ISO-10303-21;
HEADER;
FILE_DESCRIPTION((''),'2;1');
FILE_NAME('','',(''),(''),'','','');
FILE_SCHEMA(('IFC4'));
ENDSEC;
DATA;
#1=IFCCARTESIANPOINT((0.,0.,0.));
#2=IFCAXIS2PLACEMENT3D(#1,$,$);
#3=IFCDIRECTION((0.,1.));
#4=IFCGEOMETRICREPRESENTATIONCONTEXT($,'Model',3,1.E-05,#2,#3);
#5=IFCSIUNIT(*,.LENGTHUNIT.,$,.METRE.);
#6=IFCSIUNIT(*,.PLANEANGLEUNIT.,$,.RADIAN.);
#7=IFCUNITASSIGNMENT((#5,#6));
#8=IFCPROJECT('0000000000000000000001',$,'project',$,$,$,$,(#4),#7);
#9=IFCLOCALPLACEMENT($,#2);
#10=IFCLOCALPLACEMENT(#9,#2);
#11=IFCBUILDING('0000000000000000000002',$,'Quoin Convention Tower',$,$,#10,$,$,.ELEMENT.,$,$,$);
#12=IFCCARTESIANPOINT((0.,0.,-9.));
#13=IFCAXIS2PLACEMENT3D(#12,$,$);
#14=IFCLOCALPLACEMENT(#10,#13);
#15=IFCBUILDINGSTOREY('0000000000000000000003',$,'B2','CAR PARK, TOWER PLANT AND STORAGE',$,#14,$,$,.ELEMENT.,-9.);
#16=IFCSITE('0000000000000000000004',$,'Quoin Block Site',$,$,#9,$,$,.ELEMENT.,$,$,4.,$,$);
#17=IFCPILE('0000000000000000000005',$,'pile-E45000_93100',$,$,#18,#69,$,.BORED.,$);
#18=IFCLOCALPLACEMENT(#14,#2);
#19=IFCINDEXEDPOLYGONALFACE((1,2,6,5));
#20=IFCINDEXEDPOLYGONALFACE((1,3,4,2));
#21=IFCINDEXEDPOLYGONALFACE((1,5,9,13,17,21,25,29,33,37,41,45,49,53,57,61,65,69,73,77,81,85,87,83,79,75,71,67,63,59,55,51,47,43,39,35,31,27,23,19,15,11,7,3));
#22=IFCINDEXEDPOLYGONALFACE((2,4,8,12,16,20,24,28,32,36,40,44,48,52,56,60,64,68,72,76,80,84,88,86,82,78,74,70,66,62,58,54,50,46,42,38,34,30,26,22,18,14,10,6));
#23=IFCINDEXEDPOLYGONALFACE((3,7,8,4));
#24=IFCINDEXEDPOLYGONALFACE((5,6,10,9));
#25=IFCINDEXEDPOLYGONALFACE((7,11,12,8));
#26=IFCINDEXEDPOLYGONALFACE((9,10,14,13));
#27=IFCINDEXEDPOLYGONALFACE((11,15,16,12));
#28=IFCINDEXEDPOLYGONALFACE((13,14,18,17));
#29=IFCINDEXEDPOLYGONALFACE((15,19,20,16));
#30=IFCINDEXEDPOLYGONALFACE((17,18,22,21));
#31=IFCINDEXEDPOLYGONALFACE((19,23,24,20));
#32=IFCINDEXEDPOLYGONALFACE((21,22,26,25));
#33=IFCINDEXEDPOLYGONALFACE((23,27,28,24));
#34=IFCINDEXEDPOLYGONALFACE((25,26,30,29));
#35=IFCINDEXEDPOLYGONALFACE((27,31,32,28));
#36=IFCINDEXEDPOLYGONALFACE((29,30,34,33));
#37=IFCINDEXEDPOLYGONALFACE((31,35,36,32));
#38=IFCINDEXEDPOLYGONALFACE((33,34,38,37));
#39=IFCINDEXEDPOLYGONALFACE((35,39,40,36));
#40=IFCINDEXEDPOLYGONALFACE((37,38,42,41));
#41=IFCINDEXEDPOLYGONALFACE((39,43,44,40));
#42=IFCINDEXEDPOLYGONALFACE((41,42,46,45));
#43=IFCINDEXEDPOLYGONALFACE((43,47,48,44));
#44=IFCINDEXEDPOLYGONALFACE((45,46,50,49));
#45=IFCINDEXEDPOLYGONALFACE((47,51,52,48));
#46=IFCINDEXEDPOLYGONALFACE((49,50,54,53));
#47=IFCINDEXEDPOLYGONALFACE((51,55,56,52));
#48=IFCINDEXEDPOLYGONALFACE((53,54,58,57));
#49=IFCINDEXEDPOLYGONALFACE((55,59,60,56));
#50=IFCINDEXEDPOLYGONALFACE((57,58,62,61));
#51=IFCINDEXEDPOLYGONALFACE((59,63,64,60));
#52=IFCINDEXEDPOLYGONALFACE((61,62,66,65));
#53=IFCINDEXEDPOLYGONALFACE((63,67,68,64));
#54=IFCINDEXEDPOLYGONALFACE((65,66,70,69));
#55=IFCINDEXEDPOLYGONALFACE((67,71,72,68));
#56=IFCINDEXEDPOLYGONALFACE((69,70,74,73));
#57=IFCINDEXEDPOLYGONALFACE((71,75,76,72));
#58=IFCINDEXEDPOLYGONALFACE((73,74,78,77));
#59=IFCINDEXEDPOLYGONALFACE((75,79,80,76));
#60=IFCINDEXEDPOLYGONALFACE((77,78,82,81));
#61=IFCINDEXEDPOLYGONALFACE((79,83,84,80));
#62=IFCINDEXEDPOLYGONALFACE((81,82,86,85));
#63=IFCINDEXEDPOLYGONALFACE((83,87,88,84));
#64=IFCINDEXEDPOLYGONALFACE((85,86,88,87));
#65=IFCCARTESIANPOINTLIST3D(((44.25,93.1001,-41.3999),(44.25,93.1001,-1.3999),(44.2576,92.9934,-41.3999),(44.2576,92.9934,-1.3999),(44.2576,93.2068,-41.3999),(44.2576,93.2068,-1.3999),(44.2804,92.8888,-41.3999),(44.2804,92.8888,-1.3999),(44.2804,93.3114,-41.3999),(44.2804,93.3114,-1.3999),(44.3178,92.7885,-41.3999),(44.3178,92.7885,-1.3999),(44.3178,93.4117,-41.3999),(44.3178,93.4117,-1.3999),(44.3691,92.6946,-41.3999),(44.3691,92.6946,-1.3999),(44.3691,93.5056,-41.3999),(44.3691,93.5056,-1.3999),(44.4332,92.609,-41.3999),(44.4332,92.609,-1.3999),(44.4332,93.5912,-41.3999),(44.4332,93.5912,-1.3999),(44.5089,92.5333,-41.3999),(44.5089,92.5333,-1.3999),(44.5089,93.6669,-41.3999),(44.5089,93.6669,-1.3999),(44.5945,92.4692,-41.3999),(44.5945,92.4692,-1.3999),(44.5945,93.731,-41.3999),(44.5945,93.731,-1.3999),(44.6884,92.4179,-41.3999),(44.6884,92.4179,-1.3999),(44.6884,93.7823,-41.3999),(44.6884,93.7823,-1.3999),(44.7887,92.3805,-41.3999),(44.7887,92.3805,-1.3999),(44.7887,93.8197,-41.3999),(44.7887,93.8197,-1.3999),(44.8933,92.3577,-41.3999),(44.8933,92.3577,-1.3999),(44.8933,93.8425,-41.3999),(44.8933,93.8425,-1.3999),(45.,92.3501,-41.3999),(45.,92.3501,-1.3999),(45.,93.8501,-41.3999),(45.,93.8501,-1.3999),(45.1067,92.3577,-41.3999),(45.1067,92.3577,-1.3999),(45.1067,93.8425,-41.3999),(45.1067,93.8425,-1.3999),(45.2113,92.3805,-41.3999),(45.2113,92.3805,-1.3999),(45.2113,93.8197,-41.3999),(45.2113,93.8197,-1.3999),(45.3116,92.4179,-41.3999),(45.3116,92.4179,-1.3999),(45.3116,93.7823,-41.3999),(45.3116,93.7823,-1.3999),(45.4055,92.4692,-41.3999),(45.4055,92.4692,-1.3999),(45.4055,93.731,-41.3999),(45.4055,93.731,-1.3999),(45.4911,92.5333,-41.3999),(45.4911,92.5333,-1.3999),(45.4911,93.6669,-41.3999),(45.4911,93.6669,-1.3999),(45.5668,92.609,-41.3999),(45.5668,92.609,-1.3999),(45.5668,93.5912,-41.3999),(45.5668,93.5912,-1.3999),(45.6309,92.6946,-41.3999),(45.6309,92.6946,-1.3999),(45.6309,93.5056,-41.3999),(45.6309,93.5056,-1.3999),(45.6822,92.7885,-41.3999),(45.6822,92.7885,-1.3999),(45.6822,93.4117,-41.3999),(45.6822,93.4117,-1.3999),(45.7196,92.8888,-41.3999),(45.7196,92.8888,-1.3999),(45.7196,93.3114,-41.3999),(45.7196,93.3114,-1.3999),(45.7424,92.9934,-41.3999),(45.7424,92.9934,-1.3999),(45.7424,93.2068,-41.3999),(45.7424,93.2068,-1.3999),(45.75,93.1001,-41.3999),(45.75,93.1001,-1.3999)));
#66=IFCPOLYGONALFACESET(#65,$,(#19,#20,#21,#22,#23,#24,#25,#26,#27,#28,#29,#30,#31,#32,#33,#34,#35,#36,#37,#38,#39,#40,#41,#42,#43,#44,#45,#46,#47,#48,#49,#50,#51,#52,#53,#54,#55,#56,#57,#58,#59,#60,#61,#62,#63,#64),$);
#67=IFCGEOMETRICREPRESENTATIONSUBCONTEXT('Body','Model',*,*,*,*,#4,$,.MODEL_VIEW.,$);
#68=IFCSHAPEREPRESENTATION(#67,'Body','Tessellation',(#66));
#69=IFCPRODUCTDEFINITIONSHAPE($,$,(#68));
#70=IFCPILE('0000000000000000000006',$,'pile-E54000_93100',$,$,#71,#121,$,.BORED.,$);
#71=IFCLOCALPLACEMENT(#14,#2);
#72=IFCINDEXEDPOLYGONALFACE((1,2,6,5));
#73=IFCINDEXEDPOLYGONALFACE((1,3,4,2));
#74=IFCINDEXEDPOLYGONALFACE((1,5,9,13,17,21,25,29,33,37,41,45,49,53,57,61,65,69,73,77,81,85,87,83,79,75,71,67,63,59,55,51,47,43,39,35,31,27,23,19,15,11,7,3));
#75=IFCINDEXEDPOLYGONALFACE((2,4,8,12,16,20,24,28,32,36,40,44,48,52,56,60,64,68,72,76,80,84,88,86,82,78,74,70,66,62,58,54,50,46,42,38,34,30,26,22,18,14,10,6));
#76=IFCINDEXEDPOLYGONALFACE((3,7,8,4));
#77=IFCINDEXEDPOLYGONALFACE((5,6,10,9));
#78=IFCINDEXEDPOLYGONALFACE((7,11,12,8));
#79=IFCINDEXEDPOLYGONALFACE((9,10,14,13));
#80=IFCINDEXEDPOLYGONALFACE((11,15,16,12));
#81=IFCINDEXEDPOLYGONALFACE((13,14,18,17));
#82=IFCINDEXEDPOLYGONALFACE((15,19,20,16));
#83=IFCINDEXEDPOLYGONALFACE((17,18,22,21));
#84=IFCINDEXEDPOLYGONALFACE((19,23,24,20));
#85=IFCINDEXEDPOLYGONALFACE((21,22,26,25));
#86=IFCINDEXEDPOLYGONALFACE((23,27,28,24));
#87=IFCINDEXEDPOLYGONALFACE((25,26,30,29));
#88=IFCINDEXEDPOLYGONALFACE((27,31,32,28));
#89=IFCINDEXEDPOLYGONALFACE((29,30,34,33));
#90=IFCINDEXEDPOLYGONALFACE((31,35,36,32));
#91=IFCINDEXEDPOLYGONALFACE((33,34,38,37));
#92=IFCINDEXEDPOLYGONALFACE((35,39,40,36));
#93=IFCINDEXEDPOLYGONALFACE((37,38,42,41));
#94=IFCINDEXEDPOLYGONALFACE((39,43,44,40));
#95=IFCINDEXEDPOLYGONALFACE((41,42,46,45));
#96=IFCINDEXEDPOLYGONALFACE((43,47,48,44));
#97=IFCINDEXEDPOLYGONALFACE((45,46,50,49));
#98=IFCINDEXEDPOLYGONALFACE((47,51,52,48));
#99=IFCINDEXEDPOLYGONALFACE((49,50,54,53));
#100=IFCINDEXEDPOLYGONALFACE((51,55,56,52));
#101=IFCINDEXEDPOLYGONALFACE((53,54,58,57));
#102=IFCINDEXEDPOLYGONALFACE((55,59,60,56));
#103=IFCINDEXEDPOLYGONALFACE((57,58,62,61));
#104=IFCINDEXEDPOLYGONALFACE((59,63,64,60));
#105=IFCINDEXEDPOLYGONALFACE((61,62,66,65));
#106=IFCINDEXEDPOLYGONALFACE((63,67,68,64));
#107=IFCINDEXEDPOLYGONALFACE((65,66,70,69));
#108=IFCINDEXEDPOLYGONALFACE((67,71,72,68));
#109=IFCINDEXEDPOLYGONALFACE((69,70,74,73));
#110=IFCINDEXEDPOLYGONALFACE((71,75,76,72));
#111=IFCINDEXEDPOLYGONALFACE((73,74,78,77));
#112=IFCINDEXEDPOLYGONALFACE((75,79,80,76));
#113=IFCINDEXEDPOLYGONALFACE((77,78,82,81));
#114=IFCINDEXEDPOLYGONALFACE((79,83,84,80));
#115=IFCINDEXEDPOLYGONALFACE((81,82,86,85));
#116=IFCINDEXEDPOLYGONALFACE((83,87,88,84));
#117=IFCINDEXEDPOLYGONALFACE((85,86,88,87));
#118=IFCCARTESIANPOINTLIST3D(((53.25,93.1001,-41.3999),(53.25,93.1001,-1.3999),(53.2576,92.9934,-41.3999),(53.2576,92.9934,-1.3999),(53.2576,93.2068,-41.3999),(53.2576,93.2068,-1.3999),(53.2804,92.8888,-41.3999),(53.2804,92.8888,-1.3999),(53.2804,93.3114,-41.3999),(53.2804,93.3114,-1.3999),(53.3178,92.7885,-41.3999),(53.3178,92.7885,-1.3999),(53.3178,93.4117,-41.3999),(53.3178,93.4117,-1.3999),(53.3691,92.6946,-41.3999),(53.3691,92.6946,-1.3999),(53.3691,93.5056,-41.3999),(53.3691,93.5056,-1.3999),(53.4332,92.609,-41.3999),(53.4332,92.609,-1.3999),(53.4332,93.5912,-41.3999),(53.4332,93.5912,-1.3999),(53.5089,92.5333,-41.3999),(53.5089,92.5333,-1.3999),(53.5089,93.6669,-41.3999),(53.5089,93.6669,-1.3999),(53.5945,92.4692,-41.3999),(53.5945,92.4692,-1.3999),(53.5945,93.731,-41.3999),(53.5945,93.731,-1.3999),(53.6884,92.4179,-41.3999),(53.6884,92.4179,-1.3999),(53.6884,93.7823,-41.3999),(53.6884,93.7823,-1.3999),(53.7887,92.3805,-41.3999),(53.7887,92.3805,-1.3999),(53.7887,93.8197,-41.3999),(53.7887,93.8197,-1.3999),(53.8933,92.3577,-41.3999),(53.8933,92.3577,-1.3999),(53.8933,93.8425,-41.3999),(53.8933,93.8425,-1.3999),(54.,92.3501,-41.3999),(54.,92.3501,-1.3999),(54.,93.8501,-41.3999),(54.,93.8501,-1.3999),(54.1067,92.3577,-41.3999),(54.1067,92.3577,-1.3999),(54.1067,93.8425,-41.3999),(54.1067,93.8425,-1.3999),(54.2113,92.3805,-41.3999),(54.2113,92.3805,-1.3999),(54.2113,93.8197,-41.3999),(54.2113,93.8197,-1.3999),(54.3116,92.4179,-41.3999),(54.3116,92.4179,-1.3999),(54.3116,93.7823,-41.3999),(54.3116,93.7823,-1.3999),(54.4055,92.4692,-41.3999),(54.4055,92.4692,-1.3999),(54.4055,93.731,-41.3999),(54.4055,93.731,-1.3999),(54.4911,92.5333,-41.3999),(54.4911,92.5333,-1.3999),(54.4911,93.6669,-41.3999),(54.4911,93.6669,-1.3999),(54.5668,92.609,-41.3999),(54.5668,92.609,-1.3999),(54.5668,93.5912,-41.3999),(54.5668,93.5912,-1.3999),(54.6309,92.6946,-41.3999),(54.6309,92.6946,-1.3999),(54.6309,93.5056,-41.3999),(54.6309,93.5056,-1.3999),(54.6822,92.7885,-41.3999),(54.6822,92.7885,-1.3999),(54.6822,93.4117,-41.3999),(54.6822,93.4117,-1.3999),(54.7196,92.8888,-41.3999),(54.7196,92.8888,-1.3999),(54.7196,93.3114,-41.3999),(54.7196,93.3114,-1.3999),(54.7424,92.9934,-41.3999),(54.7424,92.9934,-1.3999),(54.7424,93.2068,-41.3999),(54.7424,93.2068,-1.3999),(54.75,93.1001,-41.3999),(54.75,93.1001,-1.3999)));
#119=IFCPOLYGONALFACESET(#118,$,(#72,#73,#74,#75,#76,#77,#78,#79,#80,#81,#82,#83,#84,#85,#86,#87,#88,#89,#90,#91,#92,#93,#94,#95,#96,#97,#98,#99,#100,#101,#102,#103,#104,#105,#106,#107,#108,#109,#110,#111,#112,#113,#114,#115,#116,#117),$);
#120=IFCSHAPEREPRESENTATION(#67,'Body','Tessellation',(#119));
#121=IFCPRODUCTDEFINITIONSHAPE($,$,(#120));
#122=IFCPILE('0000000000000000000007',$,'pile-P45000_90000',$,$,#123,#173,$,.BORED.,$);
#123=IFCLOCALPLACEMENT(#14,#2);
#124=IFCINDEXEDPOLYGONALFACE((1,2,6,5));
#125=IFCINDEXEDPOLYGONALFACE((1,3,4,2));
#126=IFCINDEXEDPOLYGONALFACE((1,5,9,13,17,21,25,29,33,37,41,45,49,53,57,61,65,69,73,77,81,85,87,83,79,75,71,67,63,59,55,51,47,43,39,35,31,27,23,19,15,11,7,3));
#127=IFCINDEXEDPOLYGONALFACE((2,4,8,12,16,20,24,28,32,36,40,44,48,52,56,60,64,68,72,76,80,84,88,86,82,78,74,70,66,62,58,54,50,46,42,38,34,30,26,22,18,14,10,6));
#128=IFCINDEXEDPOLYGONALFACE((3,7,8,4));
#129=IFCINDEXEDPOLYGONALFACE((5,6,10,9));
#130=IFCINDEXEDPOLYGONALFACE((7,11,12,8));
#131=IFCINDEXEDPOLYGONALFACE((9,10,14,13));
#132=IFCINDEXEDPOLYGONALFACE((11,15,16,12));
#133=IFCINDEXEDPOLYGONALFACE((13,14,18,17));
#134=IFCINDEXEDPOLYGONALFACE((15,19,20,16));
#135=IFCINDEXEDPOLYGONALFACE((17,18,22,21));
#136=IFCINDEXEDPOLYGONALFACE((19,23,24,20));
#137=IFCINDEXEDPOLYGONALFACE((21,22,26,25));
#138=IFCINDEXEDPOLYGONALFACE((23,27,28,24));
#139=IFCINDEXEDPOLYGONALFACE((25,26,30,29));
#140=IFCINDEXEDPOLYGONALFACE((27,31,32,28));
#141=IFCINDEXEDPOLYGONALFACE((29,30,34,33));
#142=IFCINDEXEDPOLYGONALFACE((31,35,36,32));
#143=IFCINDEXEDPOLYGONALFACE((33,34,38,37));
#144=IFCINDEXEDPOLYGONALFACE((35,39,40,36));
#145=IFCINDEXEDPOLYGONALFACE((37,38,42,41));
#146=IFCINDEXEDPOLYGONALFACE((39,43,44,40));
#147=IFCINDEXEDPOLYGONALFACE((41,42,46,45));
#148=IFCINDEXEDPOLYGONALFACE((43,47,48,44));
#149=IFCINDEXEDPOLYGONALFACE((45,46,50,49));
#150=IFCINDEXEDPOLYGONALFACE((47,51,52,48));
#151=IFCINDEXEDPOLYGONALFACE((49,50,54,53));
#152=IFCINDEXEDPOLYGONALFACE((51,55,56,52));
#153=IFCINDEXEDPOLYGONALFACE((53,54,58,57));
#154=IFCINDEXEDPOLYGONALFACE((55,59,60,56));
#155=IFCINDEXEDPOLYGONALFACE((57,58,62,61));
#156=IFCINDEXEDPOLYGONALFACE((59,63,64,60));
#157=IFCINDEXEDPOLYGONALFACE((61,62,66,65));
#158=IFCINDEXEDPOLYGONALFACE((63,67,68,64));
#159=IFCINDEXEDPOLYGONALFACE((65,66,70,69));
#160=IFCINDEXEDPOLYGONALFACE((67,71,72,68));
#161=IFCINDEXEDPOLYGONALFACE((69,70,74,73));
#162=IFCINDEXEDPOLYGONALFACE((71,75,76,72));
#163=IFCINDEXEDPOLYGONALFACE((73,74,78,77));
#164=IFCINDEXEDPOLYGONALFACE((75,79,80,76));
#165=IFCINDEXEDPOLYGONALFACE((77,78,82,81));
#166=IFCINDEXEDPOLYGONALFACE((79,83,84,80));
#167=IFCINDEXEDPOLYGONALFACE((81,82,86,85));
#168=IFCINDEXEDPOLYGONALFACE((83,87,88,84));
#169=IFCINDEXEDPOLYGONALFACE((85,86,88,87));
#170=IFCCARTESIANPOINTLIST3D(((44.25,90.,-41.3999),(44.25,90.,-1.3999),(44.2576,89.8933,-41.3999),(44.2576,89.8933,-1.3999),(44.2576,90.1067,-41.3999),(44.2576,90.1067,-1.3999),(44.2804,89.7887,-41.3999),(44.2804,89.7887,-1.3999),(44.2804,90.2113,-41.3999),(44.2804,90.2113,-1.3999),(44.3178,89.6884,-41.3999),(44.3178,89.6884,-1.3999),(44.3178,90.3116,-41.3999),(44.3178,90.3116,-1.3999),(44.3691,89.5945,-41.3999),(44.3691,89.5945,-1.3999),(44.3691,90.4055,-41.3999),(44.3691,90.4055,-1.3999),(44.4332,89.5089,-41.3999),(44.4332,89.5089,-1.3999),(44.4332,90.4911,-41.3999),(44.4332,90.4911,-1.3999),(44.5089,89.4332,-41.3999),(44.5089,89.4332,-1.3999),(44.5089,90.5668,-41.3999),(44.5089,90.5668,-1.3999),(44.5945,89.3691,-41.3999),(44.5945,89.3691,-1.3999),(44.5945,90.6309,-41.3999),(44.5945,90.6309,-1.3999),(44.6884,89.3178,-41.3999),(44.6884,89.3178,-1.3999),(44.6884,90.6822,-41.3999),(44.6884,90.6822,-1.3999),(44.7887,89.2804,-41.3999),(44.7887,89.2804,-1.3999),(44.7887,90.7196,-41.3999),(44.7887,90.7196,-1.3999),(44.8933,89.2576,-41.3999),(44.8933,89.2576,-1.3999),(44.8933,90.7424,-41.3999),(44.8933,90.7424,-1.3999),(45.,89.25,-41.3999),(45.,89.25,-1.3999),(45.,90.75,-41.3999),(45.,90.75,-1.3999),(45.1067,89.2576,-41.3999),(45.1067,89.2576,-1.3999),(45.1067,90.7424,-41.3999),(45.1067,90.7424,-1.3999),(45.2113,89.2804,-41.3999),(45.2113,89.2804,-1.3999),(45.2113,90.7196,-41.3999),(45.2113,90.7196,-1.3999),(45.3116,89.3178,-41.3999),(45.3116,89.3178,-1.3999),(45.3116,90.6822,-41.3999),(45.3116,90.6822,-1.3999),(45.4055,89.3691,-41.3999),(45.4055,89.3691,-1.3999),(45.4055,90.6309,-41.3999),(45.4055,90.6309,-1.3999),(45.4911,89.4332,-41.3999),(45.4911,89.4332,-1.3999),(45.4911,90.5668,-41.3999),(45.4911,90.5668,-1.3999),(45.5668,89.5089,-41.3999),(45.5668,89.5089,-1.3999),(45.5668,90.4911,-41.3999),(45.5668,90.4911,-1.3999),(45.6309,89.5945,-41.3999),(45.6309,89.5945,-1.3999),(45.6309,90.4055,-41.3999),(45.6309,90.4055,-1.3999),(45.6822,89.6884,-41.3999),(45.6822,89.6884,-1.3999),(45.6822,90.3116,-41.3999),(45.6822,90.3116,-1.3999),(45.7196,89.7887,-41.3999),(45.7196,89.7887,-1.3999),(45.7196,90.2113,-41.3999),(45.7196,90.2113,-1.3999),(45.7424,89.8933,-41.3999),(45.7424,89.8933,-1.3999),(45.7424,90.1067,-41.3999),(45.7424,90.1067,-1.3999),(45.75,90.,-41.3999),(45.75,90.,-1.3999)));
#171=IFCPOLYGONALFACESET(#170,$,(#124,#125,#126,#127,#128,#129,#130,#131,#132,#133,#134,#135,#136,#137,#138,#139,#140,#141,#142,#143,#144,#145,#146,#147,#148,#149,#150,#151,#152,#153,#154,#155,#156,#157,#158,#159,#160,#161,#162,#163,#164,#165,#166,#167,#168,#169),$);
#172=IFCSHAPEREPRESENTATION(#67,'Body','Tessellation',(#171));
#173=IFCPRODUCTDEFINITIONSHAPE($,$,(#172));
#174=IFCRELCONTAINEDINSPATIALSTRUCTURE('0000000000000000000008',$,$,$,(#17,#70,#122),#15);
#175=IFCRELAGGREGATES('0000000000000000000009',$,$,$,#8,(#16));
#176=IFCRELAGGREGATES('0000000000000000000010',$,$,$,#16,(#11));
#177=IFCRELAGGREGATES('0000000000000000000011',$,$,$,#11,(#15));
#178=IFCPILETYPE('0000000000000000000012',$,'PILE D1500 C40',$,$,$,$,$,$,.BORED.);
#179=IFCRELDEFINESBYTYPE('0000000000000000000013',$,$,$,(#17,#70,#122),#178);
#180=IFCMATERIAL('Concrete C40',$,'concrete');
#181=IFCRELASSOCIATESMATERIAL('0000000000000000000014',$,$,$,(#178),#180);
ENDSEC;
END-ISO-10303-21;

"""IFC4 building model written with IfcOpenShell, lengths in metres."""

from ifc_helpers import new_model, si_unit, direction, frame, origin, origin_2d, place, context, subcontext, project, spatial, circle, extrude, material, material_profile, profile_set, type_object, element, save


model = new_model("IFC4")

# Units and contexts
model_context = context("Model", 3, precision=1e-05, world=origin(), true_north=direction((0.0, 1.0)))
body_context = subcontext(model_context, "Body", "Model", "MODEL_VIEW")
ifc_project = project(units=[si_unit("LENGTHUNIT", "METRE"), si_unit("PLANEANGLEUNIT", "RADIAN")], contexts=[model_context])

# Site, building, storey
site_placement = place(None, origin())
site = spatial("IfcSite", under=ifc_project, at=site_placement, Name="Quoin Block Site", CompositionType="ELEMENT", RefElevation=4.0)
building_placement = place(site_placement, origin())
building = spatial("IfcBuilding", under=site, at=building_placement, Name="Quoin Convention Tower", CompositionType="ELEMENT")
storey_placement = place(building_placement, frame((0.0, 0.0, -9.0)))
storey = spatial("IfcBuildingStorey", under=building, at=storey_placement, Name="B2", Description="CAR PARK, TOWER PLANT AND STORAGE", CompositionType="ELEMENT", Elevation=-9.0)

# Piles
ifc_material_1 = material(Name="Concrete C40", Category="concrete")
ifc_material_profile_1 = material_profile(ifc_material_1, circle(Radius=0.75, at=origin_2d()), Name="D1500")
ifc_profile_set_1 = profile_set([ifc_material_profile_1], Name="Concrete C40")
pile_type = type_object("IfcPileType", Name="PILE D1500 C40", PredefinedType="BORED", material=ifc_profile_set_1)
for number, where, z_axis, x_axis, name in (
    (1, (45.0, 93.1001, -1.3999), (0.0, 0.0, -1.0), (1.0, 0.0, 0.0), "pile-E45000_93100"),
    (2, (54.0, 93.1001, -1.3999), (0.0, 0.0, -1.0), (1.0, 0.0, 0.0), "pile-E54000_93100"),
    (3, (45.0, 90.0, -1.3999), (0.0, 0.0, -1.0), (1.0, 0.0, 0.0), "pile-P45000_90000"),
):
    element("IfcPile", number, at=place(storey_placement, frame(where, z_axis=z_axis, x_axis=x_axis)), inside=storey, type_object=pile_type, Name=name, PredefinedType="BORED", context=body_context, shape_type="SweptSolid", body=[
        extrude(circle(Radius=0.75, at=origin_2d()), origin(), (0.0, 0.0, 1.0), 40.0),
    ])

save(model, "model.ifc")
